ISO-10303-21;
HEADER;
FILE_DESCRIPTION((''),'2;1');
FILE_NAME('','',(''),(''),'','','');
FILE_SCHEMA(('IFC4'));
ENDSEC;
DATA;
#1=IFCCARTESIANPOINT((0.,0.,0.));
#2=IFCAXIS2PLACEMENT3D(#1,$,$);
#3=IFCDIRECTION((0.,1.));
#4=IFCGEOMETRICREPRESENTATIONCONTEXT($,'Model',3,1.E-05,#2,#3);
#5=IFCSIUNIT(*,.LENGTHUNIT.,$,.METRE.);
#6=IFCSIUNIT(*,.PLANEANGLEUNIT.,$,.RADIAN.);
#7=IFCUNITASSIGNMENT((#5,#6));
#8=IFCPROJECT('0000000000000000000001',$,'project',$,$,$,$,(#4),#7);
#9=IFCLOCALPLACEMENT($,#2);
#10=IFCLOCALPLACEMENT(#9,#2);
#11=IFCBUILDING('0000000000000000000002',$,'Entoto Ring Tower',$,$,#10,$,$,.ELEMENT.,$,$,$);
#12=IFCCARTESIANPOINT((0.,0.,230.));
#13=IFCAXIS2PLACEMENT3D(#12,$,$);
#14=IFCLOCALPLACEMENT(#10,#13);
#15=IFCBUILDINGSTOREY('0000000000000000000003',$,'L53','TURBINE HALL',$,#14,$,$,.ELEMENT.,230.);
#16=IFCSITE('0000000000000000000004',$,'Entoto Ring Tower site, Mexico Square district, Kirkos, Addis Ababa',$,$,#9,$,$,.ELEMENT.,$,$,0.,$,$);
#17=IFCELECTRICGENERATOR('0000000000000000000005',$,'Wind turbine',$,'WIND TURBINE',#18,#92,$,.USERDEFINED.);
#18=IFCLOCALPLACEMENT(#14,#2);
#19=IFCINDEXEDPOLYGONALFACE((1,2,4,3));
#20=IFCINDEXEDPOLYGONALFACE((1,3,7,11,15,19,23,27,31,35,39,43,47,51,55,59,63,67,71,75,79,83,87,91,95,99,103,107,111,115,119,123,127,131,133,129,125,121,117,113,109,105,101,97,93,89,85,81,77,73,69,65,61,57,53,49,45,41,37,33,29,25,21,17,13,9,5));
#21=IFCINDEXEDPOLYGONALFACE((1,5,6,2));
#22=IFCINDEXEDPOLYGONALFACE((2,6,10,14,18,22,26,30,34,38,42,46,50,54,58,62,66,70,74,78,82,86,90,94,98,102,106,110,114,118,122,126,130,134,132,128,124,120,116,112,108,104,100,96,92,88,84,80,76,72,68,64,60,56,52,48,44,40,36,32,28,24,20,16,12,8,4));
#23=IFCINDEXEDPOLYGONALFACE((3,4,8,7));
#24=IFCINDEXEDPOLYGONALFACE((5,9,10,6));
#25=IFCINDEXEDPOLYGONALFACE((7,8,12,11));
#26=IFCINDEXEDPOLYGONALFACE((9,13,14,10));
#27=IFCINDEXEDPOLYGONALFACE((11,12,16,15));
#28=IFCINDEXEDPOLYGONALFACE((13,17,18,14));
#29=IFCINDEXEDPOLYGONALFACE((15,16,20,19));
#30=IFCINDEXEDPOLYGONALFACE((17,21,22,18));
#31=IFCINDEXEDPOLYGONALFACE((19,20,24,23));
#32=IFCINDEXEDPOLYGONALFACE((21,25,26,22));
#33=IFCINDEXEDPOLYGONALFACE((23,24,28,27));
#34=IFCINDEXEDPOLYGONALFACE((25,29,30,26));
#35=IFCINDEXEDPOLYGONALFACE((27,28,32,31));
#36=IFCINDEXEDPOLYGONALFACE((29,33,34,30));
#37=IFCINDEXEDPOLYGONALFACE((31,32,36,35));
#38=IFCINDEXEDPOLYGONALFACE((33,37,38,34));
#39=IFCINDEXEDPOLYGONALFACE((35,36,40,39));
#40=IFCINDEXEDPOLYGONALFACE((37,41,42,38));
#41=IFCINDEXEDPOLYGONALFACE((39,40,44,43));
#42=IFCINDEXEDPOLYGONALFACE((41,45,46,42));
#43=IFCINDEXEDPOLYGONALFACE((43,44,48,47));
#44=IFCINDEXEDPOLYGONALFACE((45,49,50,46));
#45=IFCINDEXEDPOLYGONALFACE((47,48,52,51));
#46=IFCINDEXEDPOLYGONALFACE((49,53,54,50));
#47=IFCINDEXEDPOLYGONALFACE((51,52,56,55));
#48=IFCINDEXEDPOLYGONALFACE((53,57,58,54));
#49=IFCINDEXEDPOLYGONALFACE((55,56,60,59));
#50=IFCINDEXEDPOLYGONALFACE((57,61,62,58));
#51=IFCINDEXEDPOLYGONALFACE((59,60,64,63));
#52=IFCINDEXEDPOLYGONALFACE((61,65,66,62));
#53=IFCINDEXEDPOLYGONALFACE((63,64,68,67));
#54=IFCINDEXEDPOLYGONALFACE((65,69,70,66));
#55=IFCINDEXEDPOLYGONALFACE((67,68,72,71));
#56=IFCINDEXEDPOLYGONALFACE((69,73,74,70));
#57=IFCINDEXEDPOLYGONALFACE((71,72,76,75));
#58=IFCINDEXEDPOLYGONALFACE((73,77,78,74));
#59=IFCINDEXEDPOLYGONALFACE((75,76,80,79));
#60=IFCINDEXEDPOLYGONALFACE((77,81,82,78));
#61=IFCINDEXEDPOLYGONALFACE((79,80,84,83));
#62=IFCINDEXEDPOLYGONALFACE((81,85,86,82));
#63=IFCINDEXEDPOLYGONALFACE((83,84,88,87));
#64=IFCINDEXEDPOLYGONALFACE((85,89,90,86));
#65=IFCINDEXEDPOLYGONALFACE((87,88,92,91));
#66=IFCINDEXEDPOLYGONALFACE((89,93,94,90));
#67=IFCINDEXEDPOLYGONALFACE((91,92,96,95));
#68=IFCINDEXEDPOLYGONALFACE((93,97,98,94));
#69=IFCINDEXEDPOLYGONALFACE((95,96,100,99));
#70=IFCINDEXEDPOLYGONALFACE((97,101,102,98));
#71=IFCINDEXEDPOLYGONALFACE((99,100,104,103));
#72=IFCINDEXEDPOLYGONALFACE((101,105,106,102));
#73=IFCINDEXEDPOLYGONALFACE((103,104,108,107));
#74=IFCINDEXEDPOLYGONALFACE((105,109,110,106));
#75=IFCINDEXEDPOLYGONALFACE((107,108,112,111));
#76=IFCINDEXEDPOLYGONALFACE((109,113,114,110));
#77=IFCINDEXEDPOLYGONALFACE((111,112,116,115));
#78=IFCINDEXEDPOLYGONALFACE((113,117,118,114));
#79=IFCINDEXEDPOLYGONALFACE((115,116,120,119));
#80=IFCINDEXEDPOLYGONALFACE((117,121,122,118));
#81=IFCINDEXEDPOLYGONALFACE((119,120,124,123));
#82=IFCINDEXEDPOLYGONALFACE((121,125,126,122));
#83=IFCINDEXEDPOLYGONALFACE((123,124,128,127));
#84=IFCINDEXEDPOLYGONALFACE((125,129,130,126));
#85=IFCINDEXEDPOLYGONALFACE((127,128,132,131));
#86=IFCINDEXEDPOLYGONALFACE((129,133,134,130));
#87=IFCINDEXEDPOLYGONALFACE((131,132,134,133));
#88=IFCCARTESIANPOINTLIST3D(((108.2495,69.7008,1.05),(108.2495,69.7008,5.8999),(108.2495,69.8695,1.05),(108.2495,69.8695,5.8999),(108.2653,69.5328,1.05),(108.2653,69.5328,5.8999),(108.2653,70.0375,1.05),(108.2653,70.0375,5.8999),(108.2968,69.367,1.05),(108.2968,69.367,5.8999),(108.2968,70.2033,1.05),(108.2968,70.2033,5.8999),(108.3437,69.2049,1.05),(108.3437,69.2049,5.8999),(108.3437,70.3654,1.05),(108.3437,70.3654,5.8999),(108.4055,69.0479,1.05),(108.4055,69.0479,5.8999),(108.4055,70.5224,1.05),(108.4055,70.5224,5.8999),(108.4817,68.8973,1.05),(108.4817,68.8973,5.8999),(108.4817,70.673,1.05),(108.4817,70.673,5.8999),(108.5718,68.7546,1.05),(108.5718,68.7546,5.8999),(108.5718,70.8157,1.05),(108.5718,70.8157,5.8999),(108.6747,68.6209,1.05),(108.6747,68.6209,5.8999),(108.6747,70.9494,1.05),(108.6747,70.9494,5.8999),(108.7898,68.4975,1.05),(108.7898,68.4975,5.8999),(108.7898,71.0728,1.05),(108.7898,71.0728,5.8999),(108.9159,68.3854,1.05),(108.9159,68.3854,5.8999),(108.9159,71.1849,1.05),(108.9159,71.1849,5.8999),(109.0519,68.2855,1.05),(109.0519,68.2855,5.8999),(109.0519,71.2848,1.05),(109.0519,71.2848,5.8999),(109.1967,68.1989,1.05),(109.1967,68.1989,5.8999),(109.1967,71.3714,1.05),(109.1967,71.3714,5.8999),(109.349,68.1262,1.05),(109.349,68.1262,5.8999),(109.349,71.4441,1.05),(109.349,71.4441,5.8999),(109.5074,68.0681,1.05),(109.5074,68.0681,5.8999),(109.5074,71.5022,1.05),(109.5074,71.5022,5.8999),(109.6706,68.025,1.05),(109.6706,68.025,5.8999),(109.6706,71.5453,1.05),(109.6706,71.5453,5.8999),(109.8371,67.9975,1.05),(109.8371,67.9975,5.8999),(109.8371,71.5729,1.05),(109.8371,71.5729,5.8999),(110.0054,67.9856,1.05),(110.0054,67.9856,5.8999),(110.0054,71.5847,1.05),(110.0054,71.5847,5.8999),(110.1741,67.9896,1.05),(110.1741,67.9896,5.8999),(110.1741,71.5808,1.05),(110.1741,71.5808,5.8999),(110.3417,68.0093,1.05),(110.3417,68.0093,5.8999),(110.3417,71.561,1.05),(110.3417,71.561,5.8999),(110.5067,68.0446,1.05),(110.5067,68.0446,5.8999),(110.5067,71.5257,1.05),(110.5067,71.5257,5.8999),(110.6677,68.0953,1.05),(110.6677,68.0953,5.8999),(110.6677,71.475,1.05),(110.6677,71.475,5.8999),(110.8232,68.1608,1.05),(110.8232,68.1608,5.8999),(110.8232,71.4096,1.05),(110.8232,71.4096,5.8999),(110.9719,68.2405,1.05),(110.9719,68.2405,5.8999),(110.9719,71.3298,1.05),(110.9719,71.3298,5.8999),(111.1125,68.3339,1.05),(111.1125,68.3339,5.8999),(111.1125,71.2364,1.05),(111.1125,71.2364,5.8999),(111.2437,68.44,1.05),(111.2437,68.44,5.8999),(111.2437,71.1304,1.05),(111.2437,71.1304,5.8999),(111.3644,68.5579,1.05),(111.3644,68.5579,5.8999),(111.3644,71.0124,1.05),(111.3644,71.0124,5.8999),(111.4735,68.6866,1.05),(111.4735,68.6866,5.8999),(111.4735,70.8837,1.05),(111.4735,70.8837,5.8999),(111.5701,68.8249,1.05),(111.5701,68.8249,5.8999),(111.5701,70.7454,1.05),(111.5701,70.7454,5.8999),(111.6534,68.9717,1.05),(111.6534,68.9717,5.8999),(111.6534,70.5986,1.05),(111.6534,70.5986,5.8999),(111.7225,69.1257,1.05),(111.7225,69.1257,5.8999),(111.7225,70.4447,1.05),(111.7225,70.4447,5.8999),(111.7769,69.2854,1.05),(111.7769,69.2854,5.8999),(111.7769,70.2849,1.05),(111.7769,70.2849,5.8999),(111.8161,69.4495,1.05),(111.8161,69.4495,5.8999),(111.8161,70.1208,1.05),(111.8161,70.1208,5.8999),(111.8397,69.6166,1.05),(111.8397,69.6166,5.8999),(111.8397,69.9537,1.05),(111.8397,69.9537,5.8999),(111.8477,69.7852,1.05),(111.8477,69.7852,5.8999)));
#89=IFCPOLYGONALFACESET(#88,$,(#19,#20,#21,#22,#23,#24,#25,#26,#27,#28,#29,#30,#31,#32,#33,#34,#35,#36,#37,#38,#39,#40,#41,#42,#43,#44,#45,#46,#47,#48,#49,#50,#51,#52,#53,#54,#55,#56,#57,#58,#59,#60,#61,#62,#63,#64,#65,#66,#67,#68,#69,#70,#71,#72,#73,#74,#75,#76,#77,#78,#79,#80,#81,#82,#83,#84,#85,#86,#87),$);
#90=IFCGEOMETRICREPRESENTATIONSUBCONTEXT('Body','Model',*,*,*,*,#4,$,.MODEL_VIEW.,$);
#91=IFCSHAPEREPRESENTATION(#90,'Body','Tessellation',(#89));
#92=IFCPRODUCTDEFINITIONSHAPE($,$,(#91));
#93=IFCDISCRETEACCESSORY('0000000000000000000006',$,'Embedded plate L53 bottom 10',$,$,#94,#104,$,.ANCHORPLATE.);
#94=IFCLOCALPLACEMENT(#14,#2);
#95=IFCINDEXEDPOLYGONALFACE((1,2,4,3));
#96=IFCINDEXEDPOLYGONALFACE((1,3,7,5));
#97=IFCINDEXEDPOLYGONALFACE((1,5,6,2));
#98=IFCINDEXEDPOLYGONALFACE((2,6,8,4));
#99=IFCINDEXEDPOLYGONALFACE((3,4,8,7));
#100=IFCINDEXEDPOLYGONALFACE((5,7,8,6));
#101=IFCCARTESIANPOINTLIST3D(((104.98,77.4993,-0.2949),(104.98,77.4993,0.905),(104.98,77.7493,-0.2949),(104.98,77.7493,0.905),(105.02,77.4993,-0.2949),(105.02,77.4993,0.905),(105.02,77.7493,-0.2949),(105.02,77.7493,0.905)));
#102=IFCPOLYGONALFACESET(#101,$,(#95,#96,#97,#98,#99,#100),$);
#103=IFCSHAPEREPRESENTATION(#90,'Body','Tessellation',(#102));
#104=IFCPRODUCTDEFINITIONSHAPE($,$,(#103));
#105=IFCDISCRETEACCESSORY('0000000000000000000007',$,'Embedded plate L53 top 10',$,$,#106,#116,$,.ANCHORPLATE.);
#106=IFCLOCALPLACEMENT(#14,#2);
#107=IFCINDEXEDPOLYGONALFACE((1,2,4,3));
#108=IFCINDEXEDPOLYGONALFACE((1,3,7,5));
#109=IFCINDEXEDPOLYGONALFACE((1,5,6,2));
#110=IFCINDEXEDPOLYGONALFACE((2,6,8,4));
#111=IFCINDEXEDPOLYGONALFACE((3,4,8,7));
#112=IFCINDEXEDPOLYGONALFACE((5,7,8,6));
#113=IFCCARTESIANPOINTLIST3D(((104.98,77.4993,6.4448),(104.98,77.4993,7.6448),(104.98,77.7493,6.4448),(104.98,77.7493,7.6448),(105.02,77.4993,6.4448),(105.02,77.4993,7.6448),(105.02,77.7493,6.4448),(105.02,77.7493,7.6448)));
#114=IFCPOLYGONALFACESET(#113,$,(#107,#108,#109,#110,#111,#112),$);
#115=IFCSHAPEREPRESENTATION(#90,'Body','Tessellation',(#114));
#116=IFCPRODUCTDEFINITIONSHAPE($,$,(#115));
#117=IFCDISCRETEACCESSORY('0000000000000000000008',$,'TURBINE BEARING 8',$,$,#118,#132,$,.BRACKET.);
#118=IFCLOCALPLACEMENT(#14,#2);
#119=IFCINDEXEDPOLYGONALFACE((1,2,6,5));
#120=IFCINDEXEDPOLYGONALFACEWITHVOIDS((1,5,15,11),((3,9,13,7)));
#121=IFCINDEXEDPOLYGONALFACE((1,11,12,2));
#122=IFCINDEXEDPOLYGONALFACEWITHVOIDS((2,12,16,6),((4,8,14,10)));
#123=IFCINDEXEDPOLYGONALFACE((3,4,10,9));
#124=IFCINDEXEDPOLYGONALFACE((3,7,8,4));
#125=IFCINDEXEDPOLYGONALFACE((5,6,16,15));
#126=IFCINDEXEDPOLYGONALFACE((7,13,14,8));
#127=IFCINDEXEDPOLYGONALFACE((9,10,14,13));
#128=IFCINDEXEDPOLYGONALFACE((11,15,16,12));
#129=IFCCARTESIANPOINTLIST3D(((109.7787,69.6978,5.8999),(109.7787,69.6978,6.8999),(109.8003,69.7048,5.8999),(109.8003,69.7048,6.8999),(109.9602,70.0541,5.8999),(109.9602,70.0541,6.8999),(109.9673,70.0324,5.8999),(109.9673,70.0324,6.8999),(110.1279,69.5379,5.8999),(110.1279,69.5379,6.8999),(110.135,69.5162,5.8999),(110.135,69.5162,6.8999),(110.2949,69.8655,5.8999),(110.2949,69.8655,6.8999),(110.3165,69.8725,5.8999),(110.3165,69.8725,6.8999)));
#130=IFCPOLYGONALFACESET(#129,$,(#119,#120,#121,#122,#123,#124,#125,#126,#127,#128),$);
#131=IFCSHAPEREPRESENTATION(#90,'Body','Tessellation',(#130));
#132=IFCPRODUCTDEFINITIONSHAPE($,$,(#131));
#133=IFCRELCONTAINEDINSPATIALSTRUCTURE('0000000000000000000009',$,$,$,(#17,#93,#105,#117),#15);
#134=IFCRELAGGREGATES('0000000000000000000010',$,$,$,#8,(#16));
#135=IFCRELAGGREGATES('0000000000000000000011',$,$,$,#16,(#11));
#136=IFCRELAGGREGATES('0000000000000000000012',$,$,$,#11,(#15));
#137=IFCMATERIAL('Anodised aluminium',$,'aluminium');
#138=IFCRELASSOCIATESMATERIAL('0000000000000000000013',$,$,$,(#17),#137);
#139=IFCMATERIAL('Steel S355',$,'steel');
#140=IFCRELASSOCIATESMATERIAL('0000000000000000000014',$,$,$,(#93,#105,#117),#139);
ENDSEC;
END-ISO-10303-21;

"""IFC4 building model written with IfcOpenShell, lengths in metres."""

from ifc_helpers import new_model, si_unit, direction, frame, origin, origin_2d, place, context, subcontext, project, spatial, rectangle, hollow_rectangle, circle, extrude, material, element, save


model = new_model("IFC4")

# Units and contexts
model_context = context("Model", 3, precision=1e-05, world=origin(), true_north=direction((0.0, 1.0)))
body_context = subcontext(model_context, "Body", "Model", "MODEL_VIEW")
ifc_project = project(units=[si_unit("LENGTHUNIT", "METRE"), si_unit("PLANEANGLEUNIT", "RADIAN")], contexts=[model_context])

# Site, building, storey
site_placement = place(None, origin())
site = spatial("IfcSite", under=ifc_project, at=site_placement, Name="Entoto Ring Tower site, Mexico Square district, Kirkos, Addis Ababa", CompositionType="ELEMENT", RefElevation=0.0)
building_placement = place(site_placement, origin())
building = spatial("IfcBuilding", under=site, at=building_placement, Name="Entoto Ring Tower", CompositionType="ELEMENT")
storey_placement = place(building_placement, frame((0.0, 0.0, 230.0)))
storey = spatial("IfcBuildingStorey", under=building, at=storey_placement, Name="L53", Description="TURBINE HALL", CompositionType="ELEMENT", Elevation=230.0)

# Electric generator
ifc_material_1 = material(Name="Anodised aluminium", Category="aluminium")
electric_generator_placement = place(storey_placement, frame((110.0476, 69.7852, 1.05), z_axis=(0.0, 0.0, 1.0), x_axis=(1.0, 0.0, 0.0)))
element("IfcElectricGenerator", 1, at=electric_generator_placement, inside=storey, material=ifc_material_1, Name="Wind turbine", ObjectType="WIND TURBINE", PredefinedType="USERDEFINED", context=body_context, shape_type="SweptSolid", body=[
    extrude(circle(Radius=1.8, at=origin_2d()), origin(), (0.0, 0.0, 1.0), 4.8499),
])

# Discrete accessories
ifc_material_2 = material(Name="Steel S355", Category="steel")
for number, where, z_axis, x_axis, name in (
    (2, (105.0, 77.6243, -0.2949), (0.0, 0.0, 1.0), (1.0, 0.0, 0.0), "Embedded plate L53 bottom 10"),
    (3, (105.0, 77.6243, 6.4448), (0.0, 0.0, 1.0), (1.0, 0.0, 0.0), "Embedded plate L53 top 10"),
):
    element("IfcDiscreteAccessory", number, at=place(storey_placement, frame(where, z_axis=z_axis, x_axis=x_axis)), inside=storey, material=ifc_material_2, Name=name, PredefinedType="ANCHORPLATE", context=body_context, shape_type="SweptSolid", body=[
        extrude(rectangle(XDim=0.04, YDim=0.25, at=origin_2d()), origin(), (0.0, 0.0, 1.0), 1.2),
    ])
discrete_accessory_placement = place(storey_placement, frame((110.0476, 69.7852, 5.8999), z_axis=(0.0, 0.0, 1.0), x_axis=(0.45399, 0.891007, 0.0)))
element("IfcDiscreteAccessory", 4, at=discrete_accessory_placement, inside=storey, material=ifc_material_2, Name="TURBINE BEARING 8", PredefinedType="BRACKET", context=body_context, shape_type="SweptSolid", body=[
    extrude(hollow_rectangle(XDim=0.3999, YDim=0.3999, WallThickness=0.0161, at=origin_2d()), origin(), (0.0, 0.0, 1.0), 1.0),
])

save(model, "model.ifc")
